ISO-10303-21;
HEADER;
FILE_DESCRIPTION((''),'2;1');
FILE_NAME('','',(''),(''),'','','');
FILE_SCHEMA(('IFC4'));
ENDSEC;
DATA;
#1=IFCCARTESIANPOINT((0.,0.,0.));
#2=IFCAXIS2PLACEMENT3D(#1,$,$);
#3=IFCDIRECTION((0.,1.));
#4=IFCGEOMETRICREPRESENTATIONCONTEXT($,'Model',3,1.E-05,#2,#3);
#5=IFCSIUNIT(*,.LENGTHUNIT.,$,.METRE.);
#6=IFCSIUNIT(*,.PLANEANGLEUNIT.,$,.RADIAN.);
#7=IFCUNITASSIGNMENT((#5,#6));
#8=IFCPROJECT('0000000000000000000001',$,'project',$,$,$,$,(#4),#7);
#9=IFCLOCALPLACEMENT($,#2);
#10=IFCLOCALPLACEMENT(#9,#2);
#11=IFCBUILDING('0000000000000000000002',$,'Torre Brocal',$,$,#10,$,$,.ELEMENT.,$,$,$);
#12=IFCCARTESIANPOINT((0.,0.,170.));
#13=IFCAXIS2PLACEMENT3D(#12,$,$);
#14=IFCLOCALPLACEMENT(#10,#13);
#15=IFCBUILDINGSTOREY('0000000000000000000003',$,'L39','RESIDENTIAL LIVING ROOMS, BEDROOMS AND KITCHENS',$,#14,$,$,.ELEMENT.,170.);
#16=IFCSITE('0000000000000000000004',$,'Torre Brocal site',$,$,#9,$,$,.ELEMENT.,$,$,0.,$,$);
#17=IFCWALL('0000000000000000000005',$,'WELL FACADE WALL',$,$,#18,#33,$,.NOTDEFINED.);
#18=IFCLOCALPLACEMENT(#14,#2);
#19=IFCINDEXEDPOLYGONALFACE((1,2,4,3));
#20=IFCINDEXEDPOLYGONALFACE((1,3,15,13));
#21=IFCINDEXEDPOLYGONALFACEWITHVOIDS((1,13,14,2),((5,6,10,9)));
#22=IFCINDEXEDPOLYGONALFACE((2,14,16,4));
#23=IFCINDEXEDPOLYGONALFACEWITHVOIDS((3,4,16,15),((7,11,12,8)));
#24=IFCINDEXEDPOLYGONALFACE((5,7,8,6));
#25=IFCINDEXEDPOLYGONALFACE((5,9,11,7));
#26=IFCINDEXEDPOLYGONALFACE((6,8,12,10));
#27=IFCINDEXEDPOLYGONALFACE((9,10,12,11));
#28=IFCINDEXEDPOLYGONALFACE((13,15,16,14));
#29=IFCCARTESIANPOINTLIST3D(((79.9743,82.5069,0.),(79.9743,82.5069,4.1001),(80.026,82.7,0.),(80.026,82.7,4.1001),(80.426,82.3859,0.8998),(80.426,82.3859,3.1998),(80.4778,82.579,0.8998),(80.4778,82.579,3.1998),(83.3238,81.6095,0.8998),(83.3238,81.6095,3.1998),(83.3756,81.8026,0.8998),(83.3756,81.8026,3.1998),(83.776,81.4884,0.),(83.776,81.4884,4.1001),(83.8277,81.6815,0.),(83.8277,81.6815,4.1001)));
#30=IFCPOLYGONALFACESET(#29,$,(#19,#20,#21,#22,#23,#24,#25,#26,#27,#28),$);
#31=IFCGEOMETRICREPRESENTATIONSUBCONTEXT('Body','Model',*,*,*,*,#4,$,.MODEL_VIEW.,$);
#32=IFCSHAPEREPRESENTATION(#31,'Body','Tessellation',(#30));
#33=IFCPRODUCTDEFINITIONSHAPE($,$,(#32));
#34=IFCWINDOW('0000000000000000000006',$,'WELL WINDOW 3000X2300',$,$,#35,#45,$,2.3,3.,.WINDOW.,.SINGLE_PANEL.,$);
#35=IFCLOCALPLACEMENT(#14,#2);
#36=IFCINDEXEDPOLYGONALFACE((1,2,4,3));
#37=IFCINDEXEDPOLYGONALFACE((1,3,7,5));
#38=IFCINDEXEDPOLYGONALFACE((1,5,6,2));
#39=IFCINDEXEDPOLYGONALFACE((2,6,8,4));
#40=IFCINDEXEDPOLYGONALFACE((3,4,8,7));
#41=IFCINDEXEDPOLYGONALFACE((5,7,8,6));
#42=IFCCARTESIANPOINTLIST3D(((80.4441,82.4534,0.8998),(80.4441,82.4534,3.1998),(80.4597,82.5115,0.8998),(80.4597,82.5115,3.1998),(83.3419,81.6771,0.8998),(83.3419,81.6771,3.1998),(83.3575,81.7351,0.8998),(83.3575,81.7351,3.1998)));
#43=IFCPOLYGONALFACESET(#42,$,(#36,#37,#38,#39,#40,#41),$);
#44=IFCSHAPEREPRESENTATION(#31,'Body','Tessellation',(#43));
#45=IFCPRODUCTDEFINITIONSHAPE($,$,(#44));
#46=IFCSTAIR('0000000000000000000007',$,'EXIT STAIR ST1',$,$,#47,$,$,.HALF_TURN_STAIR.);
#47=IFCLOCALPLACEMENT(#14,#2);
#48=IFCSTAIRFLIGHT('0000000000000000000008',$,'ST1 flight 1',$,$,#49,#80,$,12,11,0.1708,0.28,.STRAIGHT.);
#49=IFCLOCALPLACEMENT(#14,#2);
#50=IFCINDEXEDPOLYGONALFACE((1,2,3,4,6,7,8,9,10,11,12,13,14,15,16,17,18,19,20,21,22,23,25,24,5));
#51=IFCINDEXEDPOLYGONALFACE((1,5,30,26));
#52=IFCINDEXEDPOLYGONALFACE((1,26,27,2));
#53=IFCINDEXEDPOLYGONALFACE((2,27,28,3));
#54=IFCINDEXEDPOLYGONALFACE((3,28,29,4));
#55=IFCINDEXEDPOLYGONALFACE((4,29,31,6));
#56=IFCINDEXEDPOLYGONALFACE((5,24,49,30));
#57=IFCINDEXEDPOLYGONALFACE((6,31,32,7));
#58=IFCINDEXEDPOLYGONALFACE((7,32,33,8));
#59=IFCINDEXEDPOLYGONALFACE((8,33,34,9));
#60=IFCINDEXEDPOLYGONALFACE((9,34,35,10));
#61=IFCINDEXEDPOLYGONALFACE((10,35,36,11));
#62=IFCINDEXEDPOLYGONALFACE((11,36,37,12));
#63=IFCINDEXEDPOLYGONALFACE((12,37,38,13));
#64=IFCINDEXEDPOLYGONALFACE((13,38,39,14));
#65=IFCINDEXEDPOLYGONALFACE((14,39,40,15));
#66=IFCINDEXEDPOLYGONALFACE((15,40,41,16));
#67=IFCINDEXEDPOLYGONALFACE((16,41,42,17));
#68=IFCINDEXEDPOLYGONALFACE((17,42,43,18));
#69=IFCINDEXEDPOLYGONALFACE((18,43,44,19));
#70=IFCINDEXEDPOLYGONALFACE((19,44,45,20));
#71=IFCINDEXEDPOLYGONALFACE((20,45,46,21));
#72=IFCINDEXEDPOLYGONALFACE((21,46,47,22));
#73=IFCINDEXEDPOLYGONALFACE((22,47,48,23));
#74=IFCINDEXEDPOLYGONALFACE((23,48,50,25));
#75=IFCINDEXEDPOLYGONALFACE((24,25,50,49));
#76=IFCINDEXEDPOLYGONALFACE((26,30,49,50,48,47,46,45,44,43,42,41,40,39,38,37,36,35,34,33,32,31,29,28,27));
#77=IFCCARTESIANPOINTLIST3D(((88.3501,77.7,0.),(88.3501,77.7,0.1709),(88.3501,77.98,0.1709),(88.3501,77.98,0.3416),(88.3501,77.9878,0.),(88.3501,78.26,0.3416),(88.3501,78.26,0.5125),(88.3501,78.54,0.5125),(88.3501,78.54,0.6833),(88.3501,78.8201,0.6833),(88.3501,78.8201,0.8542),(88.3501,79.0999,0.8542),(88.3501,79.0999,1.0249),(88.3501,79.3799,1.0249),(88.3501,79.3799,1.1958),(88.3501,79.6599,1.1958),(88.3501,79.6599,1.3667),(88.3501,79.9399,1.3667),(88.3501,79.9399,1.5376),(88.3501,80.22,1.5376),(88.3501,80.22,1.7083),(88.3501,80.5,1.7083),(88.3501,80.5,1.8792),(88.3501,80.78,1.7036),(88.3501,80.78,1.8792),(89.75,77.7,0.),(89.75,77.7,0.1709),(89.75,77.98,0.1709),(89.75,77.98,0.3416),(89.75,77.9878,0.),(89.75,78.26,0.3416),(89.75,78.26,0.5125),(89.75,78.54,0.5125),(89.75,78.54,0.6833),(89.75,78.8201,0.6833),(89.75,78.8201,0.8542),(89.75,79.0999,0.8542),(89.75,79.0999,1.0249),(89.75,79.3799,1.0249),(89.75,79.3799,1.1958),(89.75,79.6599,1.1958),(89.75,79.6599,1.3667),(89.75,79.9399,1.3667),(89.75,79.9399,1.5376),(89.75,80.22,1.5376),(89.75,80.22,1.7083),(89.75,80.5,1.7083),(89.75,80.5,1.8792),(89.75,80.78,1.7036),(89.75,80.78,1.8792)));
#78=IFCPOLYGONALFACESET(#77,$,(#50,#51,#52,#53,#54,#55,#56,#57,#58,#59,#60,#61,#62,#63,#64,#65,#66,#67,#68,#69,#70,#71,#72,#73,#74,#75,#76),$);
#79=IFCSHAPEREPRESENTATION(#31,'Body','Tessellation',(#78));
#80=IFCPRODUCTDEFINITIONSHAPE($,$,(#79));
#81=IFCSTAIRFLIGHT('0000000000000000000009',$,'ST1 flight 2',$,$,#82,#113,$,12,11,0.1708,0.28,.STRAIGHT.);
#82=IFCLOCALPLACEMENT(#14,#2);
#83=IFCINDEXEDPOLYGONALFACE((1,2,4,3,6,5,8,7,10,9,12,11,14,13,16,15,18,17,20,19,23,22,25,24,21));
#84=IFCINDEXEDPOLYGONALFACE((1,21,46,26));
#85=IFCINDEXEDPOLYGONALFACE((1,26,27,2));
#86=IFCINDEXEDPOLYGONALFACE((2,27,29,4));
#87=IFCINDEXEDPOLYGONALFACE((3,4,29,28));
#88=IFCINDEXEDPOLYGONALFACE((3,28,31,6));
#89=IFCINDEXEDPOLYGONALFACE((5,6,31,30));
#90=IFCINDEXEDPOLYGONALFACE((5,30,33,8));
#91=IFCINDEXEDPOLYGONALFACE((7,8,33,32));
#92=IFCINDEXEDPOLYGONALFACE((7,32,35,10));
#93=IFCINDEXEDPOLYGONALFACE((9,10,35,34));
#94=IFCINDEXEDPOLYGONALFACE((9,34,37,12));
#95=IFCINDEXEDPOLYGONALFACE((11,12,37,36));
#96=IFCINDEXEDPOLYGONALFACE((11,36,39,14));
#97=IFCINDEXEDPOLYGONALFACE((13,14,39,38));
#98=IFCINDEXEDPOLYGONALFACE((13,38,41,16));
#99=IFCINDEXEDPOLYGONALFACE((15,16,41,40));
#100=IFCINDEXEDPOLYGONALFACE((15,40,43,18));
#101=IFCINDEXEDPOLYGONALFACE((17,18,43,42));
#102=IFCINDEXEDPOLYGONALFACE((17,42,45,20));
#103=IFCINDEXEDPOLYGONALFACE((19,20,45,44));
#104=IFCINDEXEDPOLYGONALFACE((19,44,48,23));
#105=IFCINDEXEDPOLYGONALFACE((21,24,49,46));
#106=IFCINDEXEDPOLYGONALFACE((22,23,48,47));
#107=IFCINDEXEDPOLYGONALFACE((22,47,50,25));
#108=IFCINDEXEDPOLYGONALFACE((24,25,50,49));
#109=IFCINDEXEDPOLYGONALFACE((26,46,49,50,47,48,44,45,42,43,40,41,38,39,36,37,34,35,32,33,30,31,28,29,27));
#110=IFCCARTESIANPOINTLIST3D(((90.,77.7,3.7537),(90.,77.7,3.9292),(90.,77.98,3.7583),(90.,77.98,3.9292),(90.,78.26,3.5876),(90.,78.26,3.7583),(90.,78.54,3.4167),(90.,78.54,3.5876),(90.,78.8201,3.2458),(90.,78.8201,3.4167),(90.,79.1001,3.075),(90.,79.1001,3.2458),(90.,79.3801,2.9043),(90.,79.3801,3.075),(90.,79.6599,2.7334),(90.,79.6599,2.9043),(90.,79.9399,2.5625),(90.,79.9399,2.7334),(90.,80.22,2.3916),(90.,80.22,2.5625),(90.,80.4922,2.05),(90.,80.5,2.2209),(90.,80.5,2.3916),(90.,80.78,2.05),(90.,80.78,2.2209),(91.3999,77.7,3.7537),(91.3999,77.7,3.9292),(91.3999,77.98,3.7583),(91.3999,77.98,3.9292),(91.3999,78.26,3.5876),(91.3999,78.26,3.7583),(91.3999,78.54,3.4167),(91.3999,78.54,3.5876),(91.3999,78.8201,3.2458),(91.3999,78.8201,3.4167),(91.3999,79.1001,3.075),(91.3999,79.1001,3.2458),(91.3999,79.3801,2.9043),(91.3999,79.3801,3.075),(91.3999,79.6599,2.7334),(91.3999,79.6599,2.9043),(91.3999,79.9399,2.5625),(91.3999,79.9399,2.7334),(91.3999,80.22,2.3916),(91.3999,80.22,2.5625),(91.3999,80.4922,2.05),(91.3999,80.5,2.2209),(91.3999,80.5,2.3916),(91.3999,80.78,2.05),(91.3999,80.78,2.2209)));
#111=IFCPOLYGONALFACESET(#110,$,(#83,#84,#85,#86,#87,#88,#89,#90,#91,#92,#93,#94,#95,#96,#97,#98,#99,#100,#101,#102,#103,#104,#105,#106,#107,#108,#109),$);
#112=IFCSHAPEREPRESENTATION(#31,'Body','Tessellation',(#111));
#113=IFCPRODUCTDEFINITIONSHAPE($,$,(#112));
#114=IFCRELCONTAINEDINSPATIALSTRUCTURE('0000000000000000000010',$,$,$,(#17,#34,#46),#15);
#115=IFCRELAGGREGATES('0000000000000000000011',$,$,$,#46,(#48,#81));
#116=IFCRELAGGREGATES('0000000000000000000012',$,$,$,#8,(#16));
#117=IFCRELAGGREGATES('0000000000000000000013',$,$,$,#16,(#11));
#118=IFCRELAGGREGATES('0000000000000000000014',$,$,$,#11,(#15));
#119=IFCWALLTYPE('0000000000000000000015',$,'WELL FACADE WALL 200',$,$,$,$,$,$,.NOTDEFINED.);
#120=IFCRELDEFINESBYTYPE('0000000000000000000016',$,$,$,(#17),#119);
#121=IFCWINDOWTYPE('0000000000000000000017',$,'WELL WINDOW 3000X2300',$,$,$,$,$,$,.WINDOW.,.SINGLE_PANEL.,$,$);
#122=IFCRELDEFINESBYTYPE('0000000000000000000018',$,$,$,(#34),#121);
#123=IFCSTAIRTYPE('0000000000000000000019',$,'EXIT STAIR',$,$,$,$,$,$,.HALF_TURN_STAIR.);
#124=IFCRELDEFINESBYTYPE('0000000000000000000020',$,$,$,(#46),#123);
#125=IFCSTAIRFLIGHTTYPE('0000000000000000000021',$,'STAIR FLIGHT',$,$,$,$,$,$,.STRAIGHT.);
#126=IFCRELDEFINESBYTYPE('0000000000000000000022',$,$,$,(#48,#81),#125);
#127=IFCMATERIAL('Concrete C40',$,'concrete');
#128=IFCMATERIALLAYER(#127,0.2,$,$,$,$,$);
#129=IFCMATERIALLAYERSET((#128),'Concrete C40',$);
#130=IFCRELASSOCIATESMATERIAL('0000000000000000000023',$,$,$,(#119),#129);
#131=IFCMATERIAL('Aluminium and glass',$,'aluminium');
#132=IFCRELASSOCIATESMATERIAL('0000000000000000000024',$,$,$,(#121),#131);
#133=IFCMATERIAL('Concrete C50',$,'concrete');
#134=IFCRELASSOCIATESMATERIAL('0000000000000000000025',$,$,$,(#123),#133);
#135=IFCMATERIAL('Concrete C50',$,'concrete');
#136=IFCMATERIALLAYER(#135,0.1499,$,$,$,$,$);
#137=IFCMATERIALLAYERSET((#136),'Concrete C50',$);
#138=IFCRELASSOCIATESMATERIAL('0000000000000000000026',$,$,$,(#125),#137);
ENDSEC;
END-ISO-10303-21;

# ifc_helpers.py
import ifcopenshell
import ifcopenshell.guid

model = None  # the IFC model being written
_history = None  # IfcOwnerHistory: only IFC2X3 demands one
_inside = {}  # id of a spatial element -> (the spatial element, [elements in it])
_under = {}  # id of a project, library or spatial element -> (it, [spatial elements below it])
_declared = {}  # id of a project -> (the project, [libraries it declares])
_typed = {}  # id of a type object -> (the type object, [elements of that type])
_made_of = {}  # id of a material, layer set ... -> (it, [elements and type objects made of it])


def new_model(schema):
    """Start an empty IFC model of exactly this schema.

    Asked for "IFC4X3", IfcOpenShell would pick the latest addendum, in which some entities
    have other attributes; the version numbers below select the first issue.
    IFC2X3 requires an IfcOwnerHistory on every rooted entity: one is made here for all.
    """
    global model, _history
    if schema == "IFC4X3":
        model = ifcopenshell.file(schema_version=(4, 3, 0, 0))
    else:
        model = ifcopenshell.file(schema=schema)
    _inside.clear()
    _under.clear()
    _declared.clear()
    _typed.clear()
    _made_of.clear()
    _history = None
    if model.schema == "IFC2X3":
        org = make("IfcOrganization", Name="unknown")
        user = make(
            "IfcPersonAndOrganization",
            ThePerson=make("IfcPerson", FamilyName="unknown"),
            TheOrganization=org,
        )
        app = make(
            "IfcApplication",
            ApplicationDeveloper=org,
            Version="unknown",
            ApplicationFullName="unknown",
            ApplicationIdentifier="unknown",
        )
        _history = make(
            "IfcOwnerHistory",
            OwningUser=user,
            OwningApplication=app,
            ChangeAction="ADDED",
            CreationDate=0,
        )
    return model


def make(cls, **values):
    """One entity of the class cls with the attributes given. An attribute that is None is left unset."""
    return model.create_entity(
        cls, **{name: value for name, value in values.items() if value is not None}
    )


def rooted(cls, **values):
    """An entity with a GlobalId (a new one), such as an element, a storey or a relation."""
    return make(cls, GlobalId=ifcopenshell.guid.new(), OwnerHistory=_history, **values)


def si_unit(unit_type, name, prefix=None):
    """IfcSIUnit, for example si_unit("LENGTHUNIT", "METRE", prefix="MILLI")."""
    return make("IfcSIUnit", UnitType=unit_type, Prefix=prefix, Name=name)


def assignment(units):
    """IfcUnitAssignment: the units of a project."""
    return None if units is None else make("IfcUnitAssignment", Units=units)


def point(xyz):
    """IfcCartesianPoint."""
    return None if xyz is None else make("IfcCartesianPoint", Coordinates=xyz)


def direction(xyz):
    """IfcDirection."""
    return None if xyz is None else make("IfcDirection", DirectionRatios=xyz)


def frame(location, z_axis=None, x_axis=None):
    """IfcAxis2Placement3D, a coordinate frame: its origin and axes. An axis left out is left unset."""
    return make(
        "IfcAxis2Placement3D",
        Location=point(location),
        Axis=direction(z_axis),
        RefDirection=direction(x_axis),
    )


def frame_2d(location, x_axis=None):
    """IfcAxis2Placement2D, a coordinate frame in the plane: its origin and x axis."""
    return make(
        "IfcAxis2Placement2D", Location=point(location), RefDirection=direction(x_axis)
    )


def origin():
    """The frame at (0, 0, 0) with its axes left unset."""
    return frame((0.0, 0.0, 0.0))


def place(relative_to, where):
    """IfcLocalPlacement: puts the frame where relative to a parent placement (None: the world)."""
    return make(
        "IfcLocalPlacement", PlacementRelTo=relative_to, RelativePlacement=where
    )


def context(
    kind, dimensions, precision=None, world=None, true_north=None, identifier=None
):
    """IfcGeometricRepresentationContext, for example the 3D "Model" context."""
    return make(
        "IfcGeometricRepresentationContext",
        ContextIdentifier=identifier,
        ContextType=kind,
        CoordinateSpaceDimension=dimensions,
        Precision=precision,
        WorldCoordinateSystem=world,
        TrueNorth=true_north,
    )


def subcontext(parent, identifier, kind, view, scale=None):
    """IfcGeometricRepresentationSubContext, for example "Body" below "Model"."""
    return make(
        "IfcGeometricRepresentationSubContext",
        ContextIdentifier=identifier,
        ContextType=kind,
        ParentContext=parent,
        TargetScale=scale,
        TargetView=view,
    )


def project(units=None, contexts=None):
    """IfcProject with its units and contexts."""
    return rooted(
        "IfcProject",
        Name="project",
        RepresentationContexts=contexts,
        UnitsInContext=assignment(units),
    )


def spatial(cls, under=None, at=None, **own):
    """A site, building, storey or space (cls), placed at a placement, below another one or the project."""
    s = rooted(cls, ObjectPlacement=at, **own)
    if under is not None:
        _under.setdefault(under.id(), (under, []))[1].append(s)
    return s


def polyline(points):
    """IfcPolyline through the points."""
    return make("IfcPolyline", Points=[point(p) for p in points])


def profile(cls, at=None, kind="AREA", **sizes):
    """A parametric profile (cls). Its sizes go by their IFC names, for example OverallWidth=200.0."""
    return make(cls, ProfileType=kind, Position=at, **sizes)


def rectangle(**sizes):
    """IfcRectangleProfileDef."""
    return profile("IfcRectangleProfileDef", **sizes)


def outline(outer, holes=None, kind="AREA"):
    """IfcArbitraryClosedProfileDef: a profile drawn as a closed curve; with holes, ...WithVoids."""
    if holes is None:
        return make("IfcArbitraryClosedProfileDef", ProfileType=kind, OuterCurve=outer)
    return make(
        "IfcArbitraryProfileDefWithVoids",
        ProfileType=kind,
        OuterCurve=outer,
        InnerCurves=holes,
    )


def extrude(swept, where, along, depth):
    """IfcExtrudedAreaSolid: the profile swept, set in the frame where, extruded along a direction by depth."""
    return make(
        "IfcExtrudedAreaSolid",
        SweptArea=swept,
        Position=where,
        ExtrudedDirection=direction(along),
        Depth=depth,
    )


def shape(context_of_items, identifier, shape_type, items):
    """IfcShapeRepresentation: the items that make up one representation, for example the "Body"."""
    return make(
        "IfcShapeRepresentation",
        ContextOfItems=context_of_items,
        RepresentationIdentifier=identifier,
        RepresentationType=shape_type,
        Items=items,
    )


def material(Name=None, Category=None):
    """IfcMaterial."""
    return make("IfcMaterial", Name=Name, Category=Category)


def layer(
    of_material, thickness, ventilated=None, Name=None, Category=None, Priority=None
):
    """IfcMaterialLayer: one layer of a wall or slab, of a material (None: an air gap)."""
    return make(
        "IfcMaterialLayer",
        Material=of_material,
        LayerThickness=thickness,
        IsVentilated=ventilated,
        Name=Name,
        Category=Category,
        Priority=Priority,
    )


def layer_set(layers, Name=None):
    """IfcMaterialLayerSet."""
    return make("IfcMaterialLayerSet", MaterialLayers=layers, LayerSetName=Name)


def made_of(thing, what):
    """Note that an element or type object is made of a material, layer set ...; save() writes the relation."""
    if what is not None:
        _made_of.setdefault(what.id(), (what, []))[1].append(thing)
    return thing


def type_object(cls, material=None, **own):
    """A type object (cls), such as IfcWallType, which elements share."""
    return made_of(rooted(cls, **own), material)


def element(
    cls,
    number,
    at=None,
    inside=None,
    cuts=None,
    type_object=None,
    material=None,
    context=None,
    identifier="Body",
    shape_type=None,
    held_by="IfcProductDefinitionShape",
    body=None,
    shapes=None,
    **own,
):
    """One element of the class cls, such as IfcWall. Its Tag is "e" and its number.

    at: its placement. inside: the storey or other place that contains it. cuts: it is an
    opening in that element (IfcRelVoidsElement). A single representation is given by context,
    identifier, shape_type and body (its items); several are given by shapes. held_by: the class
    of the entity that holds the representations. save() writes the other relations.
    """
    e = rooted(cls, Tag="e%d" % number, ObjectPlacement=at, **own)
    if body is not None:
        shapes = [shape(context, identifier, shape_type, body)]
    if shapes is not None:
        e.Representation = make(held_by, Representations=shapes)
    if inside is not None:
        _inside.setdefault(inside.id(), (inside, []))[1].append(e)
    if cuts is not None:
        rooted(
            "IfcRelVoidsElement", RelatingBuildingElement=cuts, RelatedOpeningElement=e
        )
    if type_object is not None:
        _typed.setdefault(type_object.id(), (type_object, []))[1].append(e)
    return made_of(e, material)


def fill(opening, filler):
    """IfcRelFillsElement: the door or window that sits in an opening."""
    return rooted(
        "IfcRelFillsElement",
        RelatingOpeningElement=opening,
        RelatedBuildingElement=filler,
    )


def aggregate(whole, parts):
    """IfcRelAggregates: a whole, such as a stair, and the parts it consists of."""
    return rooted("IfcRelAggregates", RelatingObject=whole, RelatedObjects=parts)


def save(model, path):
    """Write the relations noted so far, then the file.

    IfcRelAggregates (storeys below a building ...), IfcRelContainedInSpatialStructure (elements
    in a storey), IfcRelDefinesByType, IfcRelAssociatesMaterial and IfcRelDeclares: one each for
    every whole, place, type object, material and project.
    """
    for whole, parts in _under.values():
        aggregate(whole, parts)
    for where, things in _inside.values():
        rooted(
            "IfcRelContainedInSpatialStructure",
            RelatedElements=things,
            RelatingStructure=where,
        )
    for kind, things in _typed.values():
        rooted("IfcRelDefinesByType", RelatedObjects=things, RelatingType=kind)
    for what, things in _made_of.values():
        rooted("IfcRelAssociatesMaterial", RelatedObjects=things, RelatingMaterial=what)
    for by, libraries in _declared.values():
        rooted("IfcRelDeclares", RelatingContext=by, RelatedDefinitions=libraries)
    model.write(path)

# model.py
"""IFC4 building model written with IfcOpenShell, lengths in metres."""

from ifc_helpers import new_model, si_unit, direction, frame, frame_2d, origin, place, context, subcontext, project, spatial, polyline, rectangle, outline, extrude, material, layer, layer_set, type_object, element, fill, aggregate, save


model = new_model("IFC4")

# Units and contexts
model_context = context("Model", 3, precision=1e-05, world=origin(), true_north=direction((0.0, 1.0)))
body_context = subcontext(model_context, "Body", "Model", "MODEL_VIEW")
ifc_project = project(units=[si_unit("LENGTHUNIT", "METRE"), si_unit("PLANEANGLEUNIT", "RADIAN")], contexts=[model_context])

# Site, building, storey
site_placement = place(None, origin())
site = spatial("IfcSite", under=ifc_project, at=site_placement, Name="Torre Brocal site", CompositionType="ELEMENT", RefElevation=0.0)
building_placement = place(site_placement, origin())
building = spatial("IfcBuilding", under=site, at=building_placement, Name="Torre Brocal", CompositionType="ELEMENT")
storey_placement = place(building_placement, frame((0.0, 0.0, 170.0)))
storey = spatial("IfcBuildingStorey", under=building, at=storey_placement, Name="L39", Description="RESIDENTIAL LIVING ROOMS, BEDROOMS AND KITCHENS", CompositionType="ELEMENT", Elevation=170.0)

# Wall, opening, window
ifc_material_1 = material(Name="Concrete C40", Category="concrete")
ifc_layer_1 = layer(ifc_material_1, 0.2)
ifc_layer_set_1 = layer_set([ifc_layer_1], Name="Concrete C40")
wall_type_1 = type_object("IfcWallType", Name="WELL FACADE WALL 200", PredefinedType="NOTDEFINED", material=ifc_layer_set_1)
ifc_material_2 = material(Name="Aluminium and glass", Category="aluminium")
window_type = type_object("IfcWindowType", Name="WELL WINDOW 3000X2300", PartitioningType="SINGLE_PANEL", PredefinedType="WINDOW", material=ifc_material_2)
wall_1_placement = place(storey_placement, frame((83.8018, 81.585, 0.0), z_axis=(0.0, 0.0, 1.0), x_axis=(-0.965934, 0.25879, 0.0)))
wall_1 = element("IfcWall", 1, at=wall_1_placement, inside=storey, type_object=wall_type_1, Name="WELL FACADE WALL", PredefinedType="NOTDEFINED", context=body_context, shape_type="SweptSolid", body=[
    extrude(rectangle(XDim=3.9358, YDim=0.2, at=frame_2d((1.9678, 0.0))), origin(), (0.0, 0.0, 1.0), 4.1001),
])
opening_1_placement = place(wall_1_placement, frame((0.468, 0.0, 0.8999)))
opening_1 = element("IfcOpeningElement", 2, at=opening_1_placement, cuts=wall_1, PredefinedType="OPENING", context=body_context, shape_type="SweptSolid", body=[
    extrude(rectangle(XDim=3.0, YDim=2.3, at=frame_2d((1.5, 1.1499))), frame((0.0, 0.1099, 0.0), z_axis=(0.0, -1.0, 0.0), x_axis=(1.0, 0.0, 0.0)), (0.0, 0.0, 1.0), 0.22),
])
window_1_placement = place(opening_1_placement, origin())
window_1 = element("IfcWindow", 3, at=window_1_placement, inside=storey, type_object=window_type, Name="WELL WINDOW 3000X2300", OverallHeight=2.3, OverallWidth=3.0, PartitioningType="SINGLE_PANEL", PredefinedType="WINDOW", context=body_context, shape_type="SweptSolid", body=[
    extrude(rectangle(XDim=3.0, YDim=2.3, at=frame_2d((1.5, 1.1499))), frame((0.0, 0.03, 0.0), z_axis=(0.0, -1.0, 0.0), x_axis=(1.0, 0.0, 0.0)), (0.0, 0.0, 1.0), 0.0601),
])
fill(opening_1, window_1)

# Stair, stair flights
ifc_material_3 = material(Name="Concrete C50", Category="concrete")
stair_type = type_object("IfcStairType", Name="EXIT STAIR", PredefinedType="HALF_TURN_STAIR", material=ifc_material_3)
stair_placement = place(storey_placement, origin())
stair = element("IfcStair", 4, at=stair_placement, inside=storey, type_object=stair_type, Name="EXIT STAIR ST1", PredefinedType="HALF_TURN_STAIR")
ifc_material_4 = material(Name="Concrete C50", Category="concrete")
ifc_layer_2 = layer(ifc_material_4, 0.1499)
ifc_layer_set_2 = layer_set([ifc_layer_2], Name="Concrete C50")
stair_flight_type = type_object("IfcStairFlightType", Name="STAIR FLIGHT", PredefinedType="STRAIGHT", material=ifc_layer_set_2)
stair_flight_1_placement = place(storey_placement, frame((89.05, 77.7, 0.0), z_axis=(0.0, 0.0, 1.0), x_axis=(0.0, 1.0, 0.0)))
stair_flight_1 = element("IfcStairFlight", 5, at=stair_flight_1_placement, type_object=stair_flight_type, Name="ST1 flight 1", NumberOfRisers=12, NumberOfTreads=11, PredefinedType="STRAIGHT", RiserHeight=0.1708, TreadLength=0.28, context=body_context, shape_type="SweptSolid", body=[
    extrude(outline(polyline([(0.0, 0.0), (0.0, 0.1709), (0.28, 0.1709), (0.28, 0.3416), (0.5601, 0.3416), (0.5601, 0.5125), (0.8401, 0.5125), (0.8401, 0.6833), (1.1201, 0.6833), (1.1201, 0.8542), (1.3999, 0.8542), (1.3999, 1.0249), (1.6799, 1.0249), (1.6799, 1.1958), (1.96, 1.1958), (1.96, 1.3667), (2.24, 1.3667), (2.24, 1.5376), (2.52, 1.5376), (2.52, 1.7083), (2.8, 1.7083), (2.8, 1.8792), (3.0801, 1.8792), (3.0801, 2.05), (3.0801, 1.7036), (0.2878, 0.0), (0.0, 0.0)])), frame((0.0, 0.7, 0.0), z_axis=(0.0, -1.0, 0.0), x_axis=(1.0, 0.0, 0.0)), (0.0, 0.0, 1.0), 1.3999),
])
stair_flight_2_placement = place(storey_placement, frame((90.7, 80.78, 2.05), z_axis=(0.0, 0.0, 1.0), x_axis=(0.0, -1.0, 0.0)))
stair_flight_2 = element("IfcStairFlight", 6, at=stair_flight_2_placement, type_object=stair_flight_type, Name="ST1 flight 2", NumberOfRisers=12, NumberOfTreads=11, PredefinedType="STRAIGHT", RiserHeight=0.1708, TreadLength=0.28, context=body_context, shape_type="SweptSolid", body=[
    extrude(outline(polyline([(0.0, 0.0), (0.0, 0.1709), (0.28, 0.1709), (0.28, 0.3416), (0.5601, 0.3416), (0.5601, 0.5125), (0.8401, 0.5125), (0.8401, 0.6833), (1.1201, 0.6833), (1.1201, 0.8542), (1.3999, 0.8542), (1.3999, 1.0249), (1.6799, 1.0249), (1.6799, 1.1958), (1.96, 1.1958), (1.96, 1.3667), (2.24, 1.3667), (2.24, 1.5376), (2.52, 1.5376), (2.52, 1.7083), (2.8, 1.7083), (2.8, 1.8792), (3.0801, 1.8792), (3.0801, 2.05), (3.0801, 1.7036), (0.2878, 0.0), (0.0, 0.0)])), frame((0.0, 0.7, 0.0), z_axis=(0.0, -1.0, 0.0), x_axis=(1.0, 0.0, 0.0)), (0.0, 0.0, 1.0), 1.3999),
])
aggregate(stair, [stair_flight_1, stair_flight_2])

save(model, "model.ifc")
